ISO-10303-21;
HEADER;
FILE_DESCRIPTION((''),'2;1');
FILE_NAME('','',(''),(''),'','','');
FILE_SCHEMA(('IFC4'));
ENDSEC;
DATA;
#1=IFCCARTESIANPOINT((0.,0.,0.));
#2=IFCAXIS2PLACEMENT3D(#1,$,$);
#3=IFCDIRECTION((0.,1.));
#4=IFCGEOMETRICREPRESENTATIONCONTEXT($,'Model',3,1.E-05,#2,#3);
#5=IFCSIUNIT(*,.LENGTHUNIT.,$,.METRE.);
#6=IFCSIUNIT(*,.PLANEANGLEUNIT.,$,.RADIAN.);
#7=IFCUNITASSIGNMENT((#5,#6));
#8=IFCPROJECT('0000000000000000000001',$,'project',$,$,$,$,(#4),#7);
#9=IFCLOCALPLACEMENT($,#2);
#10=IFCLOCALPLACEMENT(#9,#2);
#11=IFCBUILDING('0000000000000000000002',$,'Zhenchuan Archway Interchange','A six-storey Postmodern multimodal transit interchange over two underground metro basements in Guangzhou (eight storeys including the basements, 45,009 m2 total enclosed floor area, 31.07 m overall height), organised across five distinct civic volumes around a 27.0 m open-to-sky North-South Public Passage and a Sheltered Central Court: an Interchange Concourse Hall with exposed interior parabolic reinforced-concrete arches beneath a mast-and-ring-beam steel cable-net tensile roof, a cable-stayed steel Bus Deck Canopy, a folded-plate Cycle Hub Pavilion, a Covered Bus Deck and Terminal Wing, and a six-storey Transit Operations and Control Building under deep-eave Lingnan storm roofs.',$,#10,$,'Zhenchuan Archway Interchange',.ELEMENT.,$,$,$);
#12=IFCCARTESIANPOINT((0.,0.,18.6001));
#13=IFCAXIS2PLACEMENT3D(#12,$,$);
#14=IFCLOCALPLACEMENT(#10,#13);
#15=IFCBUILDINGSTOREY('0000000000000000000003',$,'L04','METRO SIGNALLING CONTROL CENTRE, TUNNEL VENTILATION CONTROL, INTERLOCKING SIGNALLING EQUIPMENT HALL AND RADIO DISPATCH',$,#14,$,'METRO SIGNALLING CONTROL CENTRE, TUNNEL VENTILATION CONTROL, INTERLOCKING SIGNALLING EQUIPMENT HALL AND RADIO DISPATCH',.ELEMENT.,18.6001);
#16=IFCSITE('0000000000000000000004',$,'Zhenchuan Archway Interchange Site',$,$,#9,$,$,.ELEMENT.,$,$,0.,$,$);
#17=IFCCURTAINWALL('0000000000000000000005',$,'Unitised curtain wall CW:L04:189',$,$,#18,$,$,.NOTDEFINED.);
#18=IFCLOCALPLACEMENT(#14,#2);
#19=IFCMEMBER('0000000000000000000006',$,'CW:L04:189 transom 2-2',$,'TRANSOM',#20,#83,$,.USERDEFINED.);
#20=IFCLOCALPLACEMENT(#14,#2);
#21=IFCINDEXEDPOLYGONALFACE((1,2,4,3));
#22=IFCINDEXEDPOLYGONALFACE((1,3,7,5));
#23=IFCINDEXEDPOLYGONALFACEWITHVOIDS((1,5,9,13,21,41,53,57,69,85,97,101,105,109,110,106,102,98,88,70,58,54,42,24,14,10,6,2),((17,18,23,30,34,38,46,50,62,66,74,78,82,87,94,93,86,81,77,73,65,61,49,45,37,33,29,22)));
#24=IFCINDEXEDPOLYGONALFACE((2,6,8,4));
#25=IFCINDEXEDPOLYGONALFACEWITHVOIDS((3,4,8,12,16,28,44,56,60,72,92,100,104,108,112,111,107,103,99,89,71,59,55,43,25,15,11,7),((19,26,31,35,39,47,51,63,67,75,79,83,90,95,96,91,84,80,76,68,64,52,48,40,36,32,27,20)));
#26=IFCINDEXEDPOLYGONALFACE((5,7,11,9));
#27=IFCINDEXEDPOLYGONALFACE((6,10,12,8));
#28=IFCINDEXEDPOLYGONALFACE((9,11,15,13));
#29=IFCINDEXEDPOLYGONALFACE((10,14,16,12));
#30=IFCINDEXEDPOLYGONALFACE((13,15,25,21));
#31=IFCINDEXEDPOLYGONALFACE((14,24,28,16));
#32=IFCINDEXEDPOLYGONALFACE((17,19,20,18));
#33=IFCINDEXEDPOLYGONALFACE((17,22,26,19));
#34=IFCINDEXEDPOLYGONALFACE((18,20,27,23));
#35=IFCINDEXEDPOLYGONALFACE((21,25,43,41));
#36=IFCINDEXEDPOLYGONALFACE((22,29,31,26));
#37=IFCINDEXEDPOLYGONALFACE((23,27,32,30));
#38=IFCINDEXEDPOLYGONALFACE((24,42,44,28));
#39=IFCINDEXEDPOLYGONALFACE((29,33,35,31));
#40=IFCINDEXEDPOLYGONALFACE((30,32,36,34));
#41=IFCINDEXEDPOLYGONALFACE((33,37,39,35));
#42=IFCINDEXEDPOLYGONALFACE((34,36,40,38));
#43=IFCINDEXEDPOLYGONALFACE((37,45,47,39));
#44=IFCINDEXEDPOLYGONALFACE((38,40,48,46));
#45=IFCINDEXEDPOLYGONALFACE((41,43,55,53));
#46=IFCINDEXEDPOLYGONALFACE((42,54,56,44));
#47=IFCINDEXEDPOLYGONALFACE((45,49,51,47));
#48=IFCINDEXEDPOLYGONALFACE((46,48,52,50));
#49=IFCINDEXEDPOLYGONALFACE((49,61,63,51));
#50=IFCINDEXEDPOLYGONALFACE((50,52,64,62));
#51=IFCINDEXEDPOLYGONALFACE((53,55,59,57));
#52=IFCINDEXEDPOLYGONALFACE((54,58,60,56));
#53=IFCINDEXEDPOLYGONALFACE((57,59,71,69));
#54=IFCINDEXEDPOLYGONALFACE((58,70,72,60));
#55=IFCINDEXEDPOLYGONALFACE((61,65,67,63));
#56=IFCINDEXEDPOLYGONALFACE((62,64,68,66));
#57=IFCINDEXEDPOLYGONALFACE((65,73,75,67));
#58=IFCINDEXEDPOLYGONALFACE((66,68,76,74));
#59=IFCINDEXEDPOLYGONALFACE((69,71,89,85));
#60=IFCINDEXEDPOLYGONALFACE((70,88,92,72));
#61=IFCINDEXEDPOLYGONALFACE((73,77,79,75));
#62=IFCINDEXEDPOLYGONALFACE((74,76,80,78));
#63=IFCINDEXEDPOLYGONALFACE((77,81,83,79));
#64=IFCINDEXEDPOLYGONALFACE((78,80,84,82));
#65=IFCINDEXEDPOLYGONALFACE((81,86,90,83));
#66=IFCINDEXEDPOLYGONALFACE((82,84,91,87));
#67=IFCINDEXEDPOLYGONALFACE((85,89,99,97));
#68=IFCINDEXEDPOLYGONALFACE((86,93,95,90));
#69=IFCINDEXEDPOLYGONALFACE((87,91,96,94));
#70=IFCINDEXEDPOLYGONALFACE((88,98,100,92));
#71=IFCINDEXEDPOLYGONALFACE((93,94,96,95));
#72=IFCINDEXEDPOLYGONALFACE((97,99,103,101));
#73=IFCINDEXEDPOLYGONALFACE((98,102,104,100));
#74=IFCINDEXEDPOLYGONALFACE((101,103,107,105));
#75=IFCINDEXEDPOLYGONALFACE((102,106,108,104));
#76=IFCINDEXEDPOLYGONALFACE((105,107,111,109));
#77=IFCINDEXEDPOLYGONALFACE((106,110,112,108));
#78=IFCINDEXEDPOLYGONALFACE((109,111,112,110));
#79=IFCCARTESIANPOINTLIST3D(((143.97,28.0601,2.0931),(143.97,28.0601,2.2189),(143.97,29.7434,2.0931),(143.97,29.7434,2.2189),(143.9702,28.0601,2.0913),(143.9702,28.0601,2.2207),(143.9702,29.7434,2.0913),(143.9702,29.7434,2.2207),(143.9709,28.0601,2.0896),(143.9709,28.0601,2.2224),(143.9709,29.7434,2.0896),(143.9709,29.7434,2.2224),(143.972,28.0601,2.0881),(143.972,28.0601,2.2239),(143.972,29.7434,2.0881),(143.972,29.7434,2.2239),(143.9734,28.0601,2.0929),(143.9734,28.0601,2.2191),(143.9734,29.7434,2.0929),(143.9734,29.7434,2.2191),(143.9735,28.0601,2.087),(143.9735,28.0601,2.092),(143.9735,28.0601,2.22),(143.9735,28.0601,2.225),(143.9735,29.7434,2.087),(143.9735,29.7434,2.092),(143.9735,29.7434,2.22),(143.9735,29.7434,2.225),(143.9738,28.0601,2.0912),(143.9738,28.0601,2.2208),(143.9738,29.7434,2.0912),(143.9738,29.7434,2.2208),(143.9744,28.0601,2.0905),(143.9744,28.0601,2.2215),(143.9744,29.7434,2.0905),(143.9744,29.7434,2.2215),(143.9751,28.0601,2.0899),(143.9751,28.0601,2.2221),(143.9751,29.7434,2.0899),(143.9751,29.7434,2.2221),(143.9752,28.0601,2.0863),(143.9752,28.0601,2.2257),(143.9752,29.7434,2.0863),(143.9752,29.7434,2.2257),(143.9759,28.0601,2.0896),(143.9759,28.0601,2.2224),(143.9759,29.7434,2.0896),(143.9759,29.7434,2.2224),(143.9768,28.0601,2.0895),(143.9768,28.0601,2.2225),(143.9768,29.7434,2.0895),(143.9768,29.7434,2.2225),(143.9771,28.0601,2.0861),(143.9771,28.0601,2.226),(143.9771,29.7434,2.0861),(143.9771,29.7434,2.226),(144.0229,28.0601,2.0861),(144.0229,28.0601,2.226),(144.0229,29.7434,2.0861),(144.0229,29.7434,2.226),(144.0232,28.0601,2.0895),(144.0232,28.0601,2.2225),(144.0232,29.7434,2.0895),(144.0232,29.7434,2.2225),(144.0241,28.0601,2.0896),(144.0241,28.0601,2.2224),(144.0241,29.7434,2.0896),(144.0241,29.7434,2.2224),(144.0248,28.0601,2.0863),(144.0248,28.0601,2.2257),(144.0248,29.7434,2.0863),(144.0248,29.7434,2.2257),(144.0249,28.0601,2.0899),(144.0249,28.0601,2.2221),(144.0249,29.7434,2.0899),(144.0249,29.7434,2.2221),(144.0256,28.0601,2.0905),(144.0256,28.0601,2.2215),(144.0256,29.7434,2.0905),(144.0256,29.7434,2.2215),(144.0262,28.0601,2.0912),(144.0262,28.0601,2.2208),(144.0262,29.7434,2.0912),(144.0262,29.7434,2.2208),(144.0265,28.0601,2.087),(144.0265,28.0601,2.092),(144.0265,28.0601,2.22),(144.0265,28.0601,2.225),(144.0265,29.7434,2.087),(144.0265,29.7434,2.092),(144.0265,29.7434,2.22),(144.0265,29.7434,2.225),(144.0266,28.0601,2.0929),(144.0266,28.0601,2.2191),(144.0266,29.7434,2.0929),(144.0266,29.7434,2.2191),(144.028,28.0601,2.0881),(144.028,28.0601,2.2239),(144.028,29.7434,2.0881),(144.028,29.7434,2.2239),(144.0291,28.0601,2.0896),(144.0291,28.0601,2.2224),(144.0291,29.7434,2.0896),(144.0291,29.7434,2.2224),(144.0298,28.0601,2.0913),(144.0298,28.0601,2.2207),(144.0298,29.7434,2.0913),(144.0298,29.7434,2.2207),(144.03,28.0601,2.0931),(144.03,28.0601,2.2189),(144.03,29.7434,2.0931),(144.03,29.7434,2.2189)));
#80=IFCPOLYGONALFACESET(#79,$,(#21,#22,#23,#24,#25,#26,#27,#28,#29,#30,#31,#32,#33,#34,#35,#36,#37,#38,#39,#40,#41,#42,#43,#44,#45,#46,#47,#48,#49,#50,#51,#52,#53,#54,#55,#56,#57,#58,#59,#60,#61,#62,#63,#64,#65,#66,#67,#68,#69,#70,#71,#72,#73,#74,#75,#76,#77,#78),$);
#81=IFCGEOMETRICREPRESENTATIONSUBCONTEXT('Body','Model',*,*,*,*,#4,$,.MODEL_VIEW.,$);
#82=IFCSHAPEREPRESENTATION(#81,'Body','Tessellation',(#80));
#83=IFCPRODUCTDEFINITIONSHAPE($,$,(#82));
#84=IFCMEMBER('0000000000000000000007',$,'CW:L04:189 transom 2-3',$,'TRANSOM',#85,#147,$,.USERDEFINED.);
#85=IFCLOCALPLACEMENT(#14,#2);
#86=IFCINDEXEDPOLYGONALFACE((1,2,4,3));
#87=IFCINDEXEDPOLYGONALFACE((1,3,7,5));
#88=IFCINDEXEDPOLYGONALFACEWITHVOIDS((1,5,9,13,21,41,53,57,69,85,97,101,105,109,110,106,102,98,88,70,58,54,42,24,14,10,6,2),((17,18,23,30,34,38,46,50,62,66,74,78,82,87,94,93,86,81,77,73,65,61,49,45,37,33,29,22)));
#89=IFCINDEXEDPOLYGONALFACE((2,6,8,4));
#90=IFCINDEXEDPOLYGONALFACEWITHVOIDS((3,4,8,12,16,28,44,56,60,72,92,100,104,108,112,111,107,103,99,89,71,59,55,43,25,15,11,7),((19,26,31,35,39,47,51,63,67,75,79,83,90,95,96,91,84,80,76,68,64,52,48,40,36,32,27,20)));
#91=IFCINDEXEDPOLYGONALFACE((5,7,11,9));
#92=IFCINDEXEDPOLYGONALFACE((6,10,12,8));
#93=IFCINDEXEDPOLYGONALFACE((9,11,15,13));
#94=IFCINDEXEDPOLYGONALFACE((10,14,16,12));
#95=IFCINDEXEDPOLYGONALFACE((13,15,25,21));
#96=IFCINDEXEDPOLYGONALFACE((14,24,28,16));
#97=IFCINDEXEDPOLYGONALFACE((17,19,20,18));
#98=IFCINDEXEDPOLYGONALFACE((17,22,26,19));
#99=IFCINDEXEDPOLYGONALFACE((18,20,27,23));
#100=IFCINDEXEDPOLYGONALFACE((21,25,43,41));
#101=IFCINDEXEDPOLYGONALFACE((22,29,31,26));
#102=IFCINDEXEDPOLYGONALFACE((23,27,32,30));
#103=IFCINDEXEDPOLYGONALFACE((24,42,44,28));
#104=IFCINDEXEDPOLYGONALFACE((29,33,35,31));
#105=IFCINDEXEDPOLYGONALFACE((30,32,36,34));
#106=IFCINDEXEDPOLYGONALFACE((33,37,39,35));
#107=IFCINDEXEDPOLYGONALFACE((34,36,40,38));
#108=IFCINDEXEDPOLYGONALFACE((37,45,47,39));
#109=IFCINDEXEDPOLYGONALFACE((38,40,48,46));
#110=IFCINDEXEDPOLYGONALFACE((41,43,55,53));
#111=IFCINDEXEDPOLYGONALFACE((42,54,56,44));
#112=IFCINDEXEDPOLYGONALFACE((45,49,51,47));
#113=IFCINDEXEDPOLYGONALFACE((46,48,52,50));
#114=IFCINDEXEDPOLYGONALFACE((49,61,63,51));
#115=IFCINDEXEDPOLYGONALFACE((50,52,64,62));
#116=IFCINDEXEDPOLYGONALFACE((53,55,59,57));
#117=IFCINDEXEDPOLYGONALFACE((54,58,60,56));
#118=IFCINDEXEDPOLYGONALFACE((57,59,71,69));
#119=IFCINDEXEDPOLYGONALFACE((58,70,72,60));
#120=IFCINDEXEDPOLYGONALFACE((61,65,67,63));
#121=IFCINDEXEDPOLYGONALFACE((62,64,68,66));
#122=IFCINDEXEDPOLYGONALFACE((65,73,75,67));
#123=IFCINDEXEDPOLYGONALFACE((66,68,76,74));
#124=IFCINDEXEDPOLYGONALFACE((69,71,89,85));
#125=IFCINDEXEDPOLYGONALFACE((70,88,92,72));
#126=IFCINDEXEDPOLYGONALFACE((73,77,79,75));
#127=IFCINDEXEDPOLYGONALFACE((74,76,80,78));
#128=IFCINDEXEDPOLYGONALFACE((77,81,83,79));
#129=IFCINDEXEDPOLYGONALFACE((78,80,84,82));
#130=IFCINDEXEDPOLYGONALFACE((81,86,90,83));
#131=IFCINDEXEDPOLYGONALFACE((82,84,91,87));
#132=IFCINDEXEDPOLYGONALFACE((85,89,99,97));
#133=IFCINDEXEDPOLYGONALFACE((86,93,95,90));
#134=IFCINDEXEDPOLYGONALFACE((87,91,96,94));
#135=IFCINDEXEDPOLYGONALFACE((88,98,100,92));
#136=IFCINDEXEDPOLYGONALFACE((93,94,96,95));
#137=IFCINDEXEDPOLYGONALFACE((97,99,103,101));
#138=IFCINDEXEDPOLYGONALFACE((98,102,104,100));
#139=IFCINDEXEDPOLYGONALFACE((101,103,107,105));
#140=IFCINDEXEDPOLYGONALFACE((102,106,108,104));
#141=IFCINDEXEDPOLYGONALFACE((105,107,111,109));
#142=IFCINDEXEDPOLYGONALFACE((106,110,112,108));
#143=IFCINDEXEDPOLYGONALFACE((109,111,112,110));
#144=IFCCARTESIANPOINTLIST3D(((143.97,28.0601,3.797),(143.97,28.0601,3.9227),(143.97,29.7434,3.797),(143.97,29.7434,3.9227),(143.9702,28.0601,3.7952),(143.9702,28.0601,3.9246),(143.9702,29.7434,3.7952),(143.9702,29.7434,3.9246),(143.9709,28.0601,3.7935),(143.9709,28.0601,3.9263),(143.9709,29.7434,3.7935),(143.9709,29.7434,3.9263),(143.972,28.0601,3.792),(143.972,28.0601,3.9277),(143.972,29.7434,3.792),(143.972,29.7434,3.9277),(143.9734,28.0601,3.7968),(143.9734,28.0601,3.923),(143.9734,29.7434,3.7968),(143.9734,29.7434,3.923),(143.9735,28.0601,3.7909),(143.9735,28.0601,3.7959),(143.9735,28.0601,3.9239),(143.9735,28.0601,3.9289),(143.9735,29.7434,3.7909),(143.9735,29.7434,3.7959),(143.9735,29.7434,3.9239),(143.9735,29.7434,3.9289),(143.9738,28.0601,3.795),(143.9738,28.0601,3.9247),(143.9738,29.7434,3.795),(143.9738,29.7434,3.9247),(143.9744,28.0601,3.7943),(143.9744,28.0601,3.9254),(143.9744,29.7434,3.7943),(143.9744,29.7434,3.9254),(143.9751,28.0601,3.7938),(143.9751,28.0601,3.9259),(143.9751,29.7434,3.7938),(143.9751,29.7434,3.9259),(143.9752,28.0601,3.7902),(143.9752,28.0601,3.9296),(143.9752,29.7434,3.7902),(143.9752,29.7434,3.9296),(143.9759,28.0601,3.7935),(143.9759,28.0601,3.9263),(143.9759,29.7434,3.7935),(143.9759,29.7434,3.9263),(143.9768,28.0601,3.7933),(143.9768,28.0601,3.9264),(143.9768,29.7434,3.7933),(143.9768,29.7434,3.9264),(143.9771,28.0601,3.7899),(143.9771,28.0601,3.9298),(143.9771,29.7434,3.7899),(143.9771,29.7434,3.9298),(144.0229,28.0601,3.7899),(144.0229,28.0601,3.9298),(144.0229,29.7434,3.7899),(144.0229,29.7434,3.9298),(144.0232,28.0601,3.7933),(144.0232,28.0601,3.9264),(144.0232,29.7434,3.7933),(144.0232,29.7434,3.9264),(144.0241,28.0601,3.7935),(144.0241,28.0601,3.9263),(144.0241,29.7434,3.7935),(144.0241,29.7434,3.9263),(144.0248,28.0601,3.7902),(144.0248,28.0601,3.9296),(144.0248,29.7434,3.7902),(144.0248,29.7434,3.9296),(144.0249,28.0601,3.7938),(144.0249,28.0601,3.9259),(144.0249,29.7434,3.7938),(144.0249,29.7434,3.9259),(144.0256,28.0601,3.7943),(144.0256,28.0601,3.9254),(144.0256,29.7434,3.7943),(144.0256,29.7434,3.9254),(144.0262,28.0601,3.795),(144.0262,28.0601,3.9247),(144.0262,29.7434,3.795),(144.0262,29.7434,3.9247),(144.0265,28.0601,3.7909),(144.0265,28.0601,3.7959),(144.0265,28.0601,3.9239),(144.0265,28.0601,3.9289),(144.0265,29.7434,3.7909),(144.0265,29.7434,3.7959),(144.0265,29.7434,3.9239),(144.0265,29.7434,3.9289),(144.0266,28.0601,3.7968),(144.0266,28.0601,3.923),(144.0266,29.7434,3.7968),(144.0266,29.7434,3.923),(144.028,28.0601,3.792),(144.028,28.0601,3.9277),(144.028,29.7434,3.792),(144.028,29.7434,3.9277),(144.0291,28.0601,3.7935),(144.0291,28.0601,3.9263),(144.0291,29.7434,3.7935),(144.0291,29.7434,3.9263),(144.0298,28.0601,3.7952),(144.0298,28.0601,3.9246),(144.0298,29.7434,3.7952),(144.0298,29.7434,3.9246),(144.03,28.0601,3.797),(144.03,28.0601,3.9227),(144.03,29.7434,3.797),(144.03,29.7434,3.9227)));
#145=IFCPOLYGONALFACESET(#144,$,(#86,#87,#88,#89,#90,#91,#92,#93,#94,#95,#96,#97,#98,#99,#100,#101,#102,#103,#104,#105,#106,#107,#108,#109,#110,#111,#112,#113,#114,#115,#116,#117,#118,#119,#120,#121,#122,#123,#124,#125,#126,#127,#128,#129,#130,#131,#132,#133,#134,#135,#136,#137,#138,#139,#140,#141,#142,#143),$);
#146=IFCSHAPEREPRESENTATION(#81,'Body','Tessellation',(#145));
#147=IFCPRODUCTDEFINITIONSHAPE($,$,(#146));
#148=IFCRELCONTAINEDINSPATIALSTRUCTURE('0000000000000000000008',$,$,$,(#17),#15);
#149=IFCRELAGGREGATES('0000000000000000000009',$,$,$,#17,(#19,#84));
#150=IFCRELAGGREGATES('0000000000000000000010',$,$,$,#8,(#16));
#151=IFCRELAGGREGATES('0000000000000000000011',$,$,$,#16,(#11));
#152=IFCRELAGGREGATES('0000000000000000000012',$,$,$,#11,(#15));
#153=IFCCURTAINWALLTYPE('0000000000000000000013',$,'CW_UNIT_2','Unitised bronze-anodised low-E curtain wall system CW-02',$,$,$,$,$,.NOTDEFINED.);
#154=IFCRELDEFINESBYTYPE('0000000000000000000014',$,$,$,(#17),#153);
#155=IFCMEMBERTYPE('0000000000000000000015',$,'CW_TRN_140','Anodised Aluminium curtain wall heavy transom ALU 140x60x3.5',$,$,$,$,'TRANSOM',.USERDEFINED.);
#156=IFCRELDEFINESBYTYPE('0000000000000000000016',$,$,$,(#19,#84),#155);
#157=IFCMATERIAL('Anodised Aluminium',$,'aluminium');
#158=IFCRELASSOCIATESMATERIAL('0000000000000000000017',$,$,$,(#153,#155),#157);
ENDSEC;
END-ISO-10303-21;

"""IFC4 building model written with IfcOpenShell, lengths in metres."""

from ifc_helpers import new_model, si_unit, direction, frame, origin, origin_2d, place, context, subcontext, project, spatial, hollow_rectangle, extrude, material, material_profile, profile_set, type_object, element, aggregate, save


model = new_model("IFC4")

# Units and contexts
model_context = context("Model", 3, precision=1e-05, world=origin(), true_north=direction((0.0, 1.0)))
body_context = subcontext(model_context, "Body", "Model", "MODEL_VIEW")
ifc_project = project(units=[si_unit("LENGTHUNIT", "METRE"), si_unit("PLANEANGLEUNIT", "RADIAN")], contexts=[model_context])

# Site, building, storey
site_placement = place(None, origin())
site = spatial("IfcSite", under=ifc_project, at=site_placement, Name="Zhenchuan Archway Interchange Site", CompositionType="ELEMENT", RefElevation=0.0)
building_placement = place(site_placement, origin())
building = spatial("IfcBuilding", under=site, at=building_placement, Name="Zhenchuan Archway Interchange", Description="A six-storey Postmodern multimodal transit interchange over two underground metro basements in Guangzhou (eight storeys including the basements, 45,009 m2 total enclosed floor area, 31.07 m overall height), organised across five distinct civic volumes around a 27.0 m open-to-sky North-South Public Passage and a Sheltered Central Court: an Interchange Concourse Hall with exposed interior parabolic reinforced-concrete arches beneath a mast-and-ring-beam steel cable-net tensile roof, a cable-stayed steel Bus Deck Canopy, a folded-plate Cycle Hub Pavilion, a Covered Bus Deck and Terminal Wing, and a six-storey Transit Operations and Control Building under deep-eave Lingnan storm roofs.", LongName="Zhenchuan Archway Interchange", CompositionType="ELEMENT")
storey_placement = place(building_placement, frame((0.0, 0.0, 18.6001)))
storey = spatial("IfcBuildingStorey", under=building, at=storey_placement, Name="L04", Description="METRO SIGNALLING CONTROL CENTRE, TUNNEL VENTILATION CONTROL, INTERLOCKING SIGNALLING EQUIPMENT HALL AND RADIO DISPATCH", LongName="METRO SIGNALLING CONTROL CENTRE, TUNNEL VENTILATION CONTROL, INTERLOCKING SIGNALLING EQUIPMENT HALL AND RADIO DISPATCH", CompositionType="ELEMENT", Elevation=18.6001)

# Curtain wall, members
ifc_material_1 = material(Name="Anodised Aluminium", Category="aluminium")
curtain_wall_type = type_object("IfcCurtainWallType", Name="CW_UNIT_2", Description="Unitised bronze-anodised low-E curtain wall system CW-02", PredefinedType="NOTDEFINED", material=ifc_material_1)
curtain_wall_placement = place(storey_placement, origin())
curtain_wall = element("IfcCurtainWall", 1, at=curtain_wall_placement, inside=storey, type_object=curtain_wall_type, Name="Unitised curtain wall CW:L04:189", PredefinedType="NOTDEFINED")
ifc_material_profile_1 = material_profile(ifc_material_1, hollow_rectangle(XDim=0.0601, YDim=0.1399, WallThickness=0.0034, InnerFilletRadius=0.0034, OuterFilletRadius=0.0071, at=origin_2d()), Name="ALU 140x60x3.5")
ifc_profile_set_1 = profile_set([ifc_material_profile_1], Name="Anodised Aluminium")
member_type_1 = type_object("IfcMemberType", Name="CW_TRN_140", Description="Anodised Aluminium curtain wall heavy transom ALU 140x60x3.5", ElementType="TRANSOM", PredefinedType="USERDEFINED", material=ifc_profile_set_1)
member_1_placement = place(storey_placement, frame((144.0, 28.0601, 2.156), z_axis=(0.0, 1.0, 0.0), x_axis=(-1.0, 0.0, 0.0)))
member_1 = element("IfcMember", 2, at=member_1_placement, type_object=member_type_1, Name="CW:L04:189 transom 2-2", ObjectType="TRANSOM", PredefinedType="USERDEFINED", context=body_context, shape_type="SweptSolid", body=[
    extrude(hollow_rectangle(XDim=0.0601, YDim=0.1399, WallThickness=0.0034, InnerFilletRadius=0.0034, OuterFilletRadius=0.0071, at=origin_2d()), origin(), (0.0, 0.0, 1.0), 1.6833),
])
member_2_placement = place(storey_placement, frame((144.0, 28.0601, 3.8599), z_axis=(0.0, 1.0, 0.0), x_axis=(-1.0, 0.0, 0.0)))
member_2 = element("IfcMember", 3, at=member_2_placement, type_object=member_type_1, Name="CW:L04:189 transom 2-3", ObjectType="TRANSOM", PredefinedType="USERDEFINED", context=body_context, shape_type="SweptSolid", body=[
    extrude(hollow_rectangle(XDim=0.0601, YDim=0.1399, WallThickness=0.0034, InnerFilletRadius=0.0034, OuterFilletRadius=0.0071, at=origin_2d()), origin(), (0.0, 0.0, 1.0), 1.6833),
])

aggregate(curtain_wall, [member_1, member_2])

save(model, "model.ifc")
